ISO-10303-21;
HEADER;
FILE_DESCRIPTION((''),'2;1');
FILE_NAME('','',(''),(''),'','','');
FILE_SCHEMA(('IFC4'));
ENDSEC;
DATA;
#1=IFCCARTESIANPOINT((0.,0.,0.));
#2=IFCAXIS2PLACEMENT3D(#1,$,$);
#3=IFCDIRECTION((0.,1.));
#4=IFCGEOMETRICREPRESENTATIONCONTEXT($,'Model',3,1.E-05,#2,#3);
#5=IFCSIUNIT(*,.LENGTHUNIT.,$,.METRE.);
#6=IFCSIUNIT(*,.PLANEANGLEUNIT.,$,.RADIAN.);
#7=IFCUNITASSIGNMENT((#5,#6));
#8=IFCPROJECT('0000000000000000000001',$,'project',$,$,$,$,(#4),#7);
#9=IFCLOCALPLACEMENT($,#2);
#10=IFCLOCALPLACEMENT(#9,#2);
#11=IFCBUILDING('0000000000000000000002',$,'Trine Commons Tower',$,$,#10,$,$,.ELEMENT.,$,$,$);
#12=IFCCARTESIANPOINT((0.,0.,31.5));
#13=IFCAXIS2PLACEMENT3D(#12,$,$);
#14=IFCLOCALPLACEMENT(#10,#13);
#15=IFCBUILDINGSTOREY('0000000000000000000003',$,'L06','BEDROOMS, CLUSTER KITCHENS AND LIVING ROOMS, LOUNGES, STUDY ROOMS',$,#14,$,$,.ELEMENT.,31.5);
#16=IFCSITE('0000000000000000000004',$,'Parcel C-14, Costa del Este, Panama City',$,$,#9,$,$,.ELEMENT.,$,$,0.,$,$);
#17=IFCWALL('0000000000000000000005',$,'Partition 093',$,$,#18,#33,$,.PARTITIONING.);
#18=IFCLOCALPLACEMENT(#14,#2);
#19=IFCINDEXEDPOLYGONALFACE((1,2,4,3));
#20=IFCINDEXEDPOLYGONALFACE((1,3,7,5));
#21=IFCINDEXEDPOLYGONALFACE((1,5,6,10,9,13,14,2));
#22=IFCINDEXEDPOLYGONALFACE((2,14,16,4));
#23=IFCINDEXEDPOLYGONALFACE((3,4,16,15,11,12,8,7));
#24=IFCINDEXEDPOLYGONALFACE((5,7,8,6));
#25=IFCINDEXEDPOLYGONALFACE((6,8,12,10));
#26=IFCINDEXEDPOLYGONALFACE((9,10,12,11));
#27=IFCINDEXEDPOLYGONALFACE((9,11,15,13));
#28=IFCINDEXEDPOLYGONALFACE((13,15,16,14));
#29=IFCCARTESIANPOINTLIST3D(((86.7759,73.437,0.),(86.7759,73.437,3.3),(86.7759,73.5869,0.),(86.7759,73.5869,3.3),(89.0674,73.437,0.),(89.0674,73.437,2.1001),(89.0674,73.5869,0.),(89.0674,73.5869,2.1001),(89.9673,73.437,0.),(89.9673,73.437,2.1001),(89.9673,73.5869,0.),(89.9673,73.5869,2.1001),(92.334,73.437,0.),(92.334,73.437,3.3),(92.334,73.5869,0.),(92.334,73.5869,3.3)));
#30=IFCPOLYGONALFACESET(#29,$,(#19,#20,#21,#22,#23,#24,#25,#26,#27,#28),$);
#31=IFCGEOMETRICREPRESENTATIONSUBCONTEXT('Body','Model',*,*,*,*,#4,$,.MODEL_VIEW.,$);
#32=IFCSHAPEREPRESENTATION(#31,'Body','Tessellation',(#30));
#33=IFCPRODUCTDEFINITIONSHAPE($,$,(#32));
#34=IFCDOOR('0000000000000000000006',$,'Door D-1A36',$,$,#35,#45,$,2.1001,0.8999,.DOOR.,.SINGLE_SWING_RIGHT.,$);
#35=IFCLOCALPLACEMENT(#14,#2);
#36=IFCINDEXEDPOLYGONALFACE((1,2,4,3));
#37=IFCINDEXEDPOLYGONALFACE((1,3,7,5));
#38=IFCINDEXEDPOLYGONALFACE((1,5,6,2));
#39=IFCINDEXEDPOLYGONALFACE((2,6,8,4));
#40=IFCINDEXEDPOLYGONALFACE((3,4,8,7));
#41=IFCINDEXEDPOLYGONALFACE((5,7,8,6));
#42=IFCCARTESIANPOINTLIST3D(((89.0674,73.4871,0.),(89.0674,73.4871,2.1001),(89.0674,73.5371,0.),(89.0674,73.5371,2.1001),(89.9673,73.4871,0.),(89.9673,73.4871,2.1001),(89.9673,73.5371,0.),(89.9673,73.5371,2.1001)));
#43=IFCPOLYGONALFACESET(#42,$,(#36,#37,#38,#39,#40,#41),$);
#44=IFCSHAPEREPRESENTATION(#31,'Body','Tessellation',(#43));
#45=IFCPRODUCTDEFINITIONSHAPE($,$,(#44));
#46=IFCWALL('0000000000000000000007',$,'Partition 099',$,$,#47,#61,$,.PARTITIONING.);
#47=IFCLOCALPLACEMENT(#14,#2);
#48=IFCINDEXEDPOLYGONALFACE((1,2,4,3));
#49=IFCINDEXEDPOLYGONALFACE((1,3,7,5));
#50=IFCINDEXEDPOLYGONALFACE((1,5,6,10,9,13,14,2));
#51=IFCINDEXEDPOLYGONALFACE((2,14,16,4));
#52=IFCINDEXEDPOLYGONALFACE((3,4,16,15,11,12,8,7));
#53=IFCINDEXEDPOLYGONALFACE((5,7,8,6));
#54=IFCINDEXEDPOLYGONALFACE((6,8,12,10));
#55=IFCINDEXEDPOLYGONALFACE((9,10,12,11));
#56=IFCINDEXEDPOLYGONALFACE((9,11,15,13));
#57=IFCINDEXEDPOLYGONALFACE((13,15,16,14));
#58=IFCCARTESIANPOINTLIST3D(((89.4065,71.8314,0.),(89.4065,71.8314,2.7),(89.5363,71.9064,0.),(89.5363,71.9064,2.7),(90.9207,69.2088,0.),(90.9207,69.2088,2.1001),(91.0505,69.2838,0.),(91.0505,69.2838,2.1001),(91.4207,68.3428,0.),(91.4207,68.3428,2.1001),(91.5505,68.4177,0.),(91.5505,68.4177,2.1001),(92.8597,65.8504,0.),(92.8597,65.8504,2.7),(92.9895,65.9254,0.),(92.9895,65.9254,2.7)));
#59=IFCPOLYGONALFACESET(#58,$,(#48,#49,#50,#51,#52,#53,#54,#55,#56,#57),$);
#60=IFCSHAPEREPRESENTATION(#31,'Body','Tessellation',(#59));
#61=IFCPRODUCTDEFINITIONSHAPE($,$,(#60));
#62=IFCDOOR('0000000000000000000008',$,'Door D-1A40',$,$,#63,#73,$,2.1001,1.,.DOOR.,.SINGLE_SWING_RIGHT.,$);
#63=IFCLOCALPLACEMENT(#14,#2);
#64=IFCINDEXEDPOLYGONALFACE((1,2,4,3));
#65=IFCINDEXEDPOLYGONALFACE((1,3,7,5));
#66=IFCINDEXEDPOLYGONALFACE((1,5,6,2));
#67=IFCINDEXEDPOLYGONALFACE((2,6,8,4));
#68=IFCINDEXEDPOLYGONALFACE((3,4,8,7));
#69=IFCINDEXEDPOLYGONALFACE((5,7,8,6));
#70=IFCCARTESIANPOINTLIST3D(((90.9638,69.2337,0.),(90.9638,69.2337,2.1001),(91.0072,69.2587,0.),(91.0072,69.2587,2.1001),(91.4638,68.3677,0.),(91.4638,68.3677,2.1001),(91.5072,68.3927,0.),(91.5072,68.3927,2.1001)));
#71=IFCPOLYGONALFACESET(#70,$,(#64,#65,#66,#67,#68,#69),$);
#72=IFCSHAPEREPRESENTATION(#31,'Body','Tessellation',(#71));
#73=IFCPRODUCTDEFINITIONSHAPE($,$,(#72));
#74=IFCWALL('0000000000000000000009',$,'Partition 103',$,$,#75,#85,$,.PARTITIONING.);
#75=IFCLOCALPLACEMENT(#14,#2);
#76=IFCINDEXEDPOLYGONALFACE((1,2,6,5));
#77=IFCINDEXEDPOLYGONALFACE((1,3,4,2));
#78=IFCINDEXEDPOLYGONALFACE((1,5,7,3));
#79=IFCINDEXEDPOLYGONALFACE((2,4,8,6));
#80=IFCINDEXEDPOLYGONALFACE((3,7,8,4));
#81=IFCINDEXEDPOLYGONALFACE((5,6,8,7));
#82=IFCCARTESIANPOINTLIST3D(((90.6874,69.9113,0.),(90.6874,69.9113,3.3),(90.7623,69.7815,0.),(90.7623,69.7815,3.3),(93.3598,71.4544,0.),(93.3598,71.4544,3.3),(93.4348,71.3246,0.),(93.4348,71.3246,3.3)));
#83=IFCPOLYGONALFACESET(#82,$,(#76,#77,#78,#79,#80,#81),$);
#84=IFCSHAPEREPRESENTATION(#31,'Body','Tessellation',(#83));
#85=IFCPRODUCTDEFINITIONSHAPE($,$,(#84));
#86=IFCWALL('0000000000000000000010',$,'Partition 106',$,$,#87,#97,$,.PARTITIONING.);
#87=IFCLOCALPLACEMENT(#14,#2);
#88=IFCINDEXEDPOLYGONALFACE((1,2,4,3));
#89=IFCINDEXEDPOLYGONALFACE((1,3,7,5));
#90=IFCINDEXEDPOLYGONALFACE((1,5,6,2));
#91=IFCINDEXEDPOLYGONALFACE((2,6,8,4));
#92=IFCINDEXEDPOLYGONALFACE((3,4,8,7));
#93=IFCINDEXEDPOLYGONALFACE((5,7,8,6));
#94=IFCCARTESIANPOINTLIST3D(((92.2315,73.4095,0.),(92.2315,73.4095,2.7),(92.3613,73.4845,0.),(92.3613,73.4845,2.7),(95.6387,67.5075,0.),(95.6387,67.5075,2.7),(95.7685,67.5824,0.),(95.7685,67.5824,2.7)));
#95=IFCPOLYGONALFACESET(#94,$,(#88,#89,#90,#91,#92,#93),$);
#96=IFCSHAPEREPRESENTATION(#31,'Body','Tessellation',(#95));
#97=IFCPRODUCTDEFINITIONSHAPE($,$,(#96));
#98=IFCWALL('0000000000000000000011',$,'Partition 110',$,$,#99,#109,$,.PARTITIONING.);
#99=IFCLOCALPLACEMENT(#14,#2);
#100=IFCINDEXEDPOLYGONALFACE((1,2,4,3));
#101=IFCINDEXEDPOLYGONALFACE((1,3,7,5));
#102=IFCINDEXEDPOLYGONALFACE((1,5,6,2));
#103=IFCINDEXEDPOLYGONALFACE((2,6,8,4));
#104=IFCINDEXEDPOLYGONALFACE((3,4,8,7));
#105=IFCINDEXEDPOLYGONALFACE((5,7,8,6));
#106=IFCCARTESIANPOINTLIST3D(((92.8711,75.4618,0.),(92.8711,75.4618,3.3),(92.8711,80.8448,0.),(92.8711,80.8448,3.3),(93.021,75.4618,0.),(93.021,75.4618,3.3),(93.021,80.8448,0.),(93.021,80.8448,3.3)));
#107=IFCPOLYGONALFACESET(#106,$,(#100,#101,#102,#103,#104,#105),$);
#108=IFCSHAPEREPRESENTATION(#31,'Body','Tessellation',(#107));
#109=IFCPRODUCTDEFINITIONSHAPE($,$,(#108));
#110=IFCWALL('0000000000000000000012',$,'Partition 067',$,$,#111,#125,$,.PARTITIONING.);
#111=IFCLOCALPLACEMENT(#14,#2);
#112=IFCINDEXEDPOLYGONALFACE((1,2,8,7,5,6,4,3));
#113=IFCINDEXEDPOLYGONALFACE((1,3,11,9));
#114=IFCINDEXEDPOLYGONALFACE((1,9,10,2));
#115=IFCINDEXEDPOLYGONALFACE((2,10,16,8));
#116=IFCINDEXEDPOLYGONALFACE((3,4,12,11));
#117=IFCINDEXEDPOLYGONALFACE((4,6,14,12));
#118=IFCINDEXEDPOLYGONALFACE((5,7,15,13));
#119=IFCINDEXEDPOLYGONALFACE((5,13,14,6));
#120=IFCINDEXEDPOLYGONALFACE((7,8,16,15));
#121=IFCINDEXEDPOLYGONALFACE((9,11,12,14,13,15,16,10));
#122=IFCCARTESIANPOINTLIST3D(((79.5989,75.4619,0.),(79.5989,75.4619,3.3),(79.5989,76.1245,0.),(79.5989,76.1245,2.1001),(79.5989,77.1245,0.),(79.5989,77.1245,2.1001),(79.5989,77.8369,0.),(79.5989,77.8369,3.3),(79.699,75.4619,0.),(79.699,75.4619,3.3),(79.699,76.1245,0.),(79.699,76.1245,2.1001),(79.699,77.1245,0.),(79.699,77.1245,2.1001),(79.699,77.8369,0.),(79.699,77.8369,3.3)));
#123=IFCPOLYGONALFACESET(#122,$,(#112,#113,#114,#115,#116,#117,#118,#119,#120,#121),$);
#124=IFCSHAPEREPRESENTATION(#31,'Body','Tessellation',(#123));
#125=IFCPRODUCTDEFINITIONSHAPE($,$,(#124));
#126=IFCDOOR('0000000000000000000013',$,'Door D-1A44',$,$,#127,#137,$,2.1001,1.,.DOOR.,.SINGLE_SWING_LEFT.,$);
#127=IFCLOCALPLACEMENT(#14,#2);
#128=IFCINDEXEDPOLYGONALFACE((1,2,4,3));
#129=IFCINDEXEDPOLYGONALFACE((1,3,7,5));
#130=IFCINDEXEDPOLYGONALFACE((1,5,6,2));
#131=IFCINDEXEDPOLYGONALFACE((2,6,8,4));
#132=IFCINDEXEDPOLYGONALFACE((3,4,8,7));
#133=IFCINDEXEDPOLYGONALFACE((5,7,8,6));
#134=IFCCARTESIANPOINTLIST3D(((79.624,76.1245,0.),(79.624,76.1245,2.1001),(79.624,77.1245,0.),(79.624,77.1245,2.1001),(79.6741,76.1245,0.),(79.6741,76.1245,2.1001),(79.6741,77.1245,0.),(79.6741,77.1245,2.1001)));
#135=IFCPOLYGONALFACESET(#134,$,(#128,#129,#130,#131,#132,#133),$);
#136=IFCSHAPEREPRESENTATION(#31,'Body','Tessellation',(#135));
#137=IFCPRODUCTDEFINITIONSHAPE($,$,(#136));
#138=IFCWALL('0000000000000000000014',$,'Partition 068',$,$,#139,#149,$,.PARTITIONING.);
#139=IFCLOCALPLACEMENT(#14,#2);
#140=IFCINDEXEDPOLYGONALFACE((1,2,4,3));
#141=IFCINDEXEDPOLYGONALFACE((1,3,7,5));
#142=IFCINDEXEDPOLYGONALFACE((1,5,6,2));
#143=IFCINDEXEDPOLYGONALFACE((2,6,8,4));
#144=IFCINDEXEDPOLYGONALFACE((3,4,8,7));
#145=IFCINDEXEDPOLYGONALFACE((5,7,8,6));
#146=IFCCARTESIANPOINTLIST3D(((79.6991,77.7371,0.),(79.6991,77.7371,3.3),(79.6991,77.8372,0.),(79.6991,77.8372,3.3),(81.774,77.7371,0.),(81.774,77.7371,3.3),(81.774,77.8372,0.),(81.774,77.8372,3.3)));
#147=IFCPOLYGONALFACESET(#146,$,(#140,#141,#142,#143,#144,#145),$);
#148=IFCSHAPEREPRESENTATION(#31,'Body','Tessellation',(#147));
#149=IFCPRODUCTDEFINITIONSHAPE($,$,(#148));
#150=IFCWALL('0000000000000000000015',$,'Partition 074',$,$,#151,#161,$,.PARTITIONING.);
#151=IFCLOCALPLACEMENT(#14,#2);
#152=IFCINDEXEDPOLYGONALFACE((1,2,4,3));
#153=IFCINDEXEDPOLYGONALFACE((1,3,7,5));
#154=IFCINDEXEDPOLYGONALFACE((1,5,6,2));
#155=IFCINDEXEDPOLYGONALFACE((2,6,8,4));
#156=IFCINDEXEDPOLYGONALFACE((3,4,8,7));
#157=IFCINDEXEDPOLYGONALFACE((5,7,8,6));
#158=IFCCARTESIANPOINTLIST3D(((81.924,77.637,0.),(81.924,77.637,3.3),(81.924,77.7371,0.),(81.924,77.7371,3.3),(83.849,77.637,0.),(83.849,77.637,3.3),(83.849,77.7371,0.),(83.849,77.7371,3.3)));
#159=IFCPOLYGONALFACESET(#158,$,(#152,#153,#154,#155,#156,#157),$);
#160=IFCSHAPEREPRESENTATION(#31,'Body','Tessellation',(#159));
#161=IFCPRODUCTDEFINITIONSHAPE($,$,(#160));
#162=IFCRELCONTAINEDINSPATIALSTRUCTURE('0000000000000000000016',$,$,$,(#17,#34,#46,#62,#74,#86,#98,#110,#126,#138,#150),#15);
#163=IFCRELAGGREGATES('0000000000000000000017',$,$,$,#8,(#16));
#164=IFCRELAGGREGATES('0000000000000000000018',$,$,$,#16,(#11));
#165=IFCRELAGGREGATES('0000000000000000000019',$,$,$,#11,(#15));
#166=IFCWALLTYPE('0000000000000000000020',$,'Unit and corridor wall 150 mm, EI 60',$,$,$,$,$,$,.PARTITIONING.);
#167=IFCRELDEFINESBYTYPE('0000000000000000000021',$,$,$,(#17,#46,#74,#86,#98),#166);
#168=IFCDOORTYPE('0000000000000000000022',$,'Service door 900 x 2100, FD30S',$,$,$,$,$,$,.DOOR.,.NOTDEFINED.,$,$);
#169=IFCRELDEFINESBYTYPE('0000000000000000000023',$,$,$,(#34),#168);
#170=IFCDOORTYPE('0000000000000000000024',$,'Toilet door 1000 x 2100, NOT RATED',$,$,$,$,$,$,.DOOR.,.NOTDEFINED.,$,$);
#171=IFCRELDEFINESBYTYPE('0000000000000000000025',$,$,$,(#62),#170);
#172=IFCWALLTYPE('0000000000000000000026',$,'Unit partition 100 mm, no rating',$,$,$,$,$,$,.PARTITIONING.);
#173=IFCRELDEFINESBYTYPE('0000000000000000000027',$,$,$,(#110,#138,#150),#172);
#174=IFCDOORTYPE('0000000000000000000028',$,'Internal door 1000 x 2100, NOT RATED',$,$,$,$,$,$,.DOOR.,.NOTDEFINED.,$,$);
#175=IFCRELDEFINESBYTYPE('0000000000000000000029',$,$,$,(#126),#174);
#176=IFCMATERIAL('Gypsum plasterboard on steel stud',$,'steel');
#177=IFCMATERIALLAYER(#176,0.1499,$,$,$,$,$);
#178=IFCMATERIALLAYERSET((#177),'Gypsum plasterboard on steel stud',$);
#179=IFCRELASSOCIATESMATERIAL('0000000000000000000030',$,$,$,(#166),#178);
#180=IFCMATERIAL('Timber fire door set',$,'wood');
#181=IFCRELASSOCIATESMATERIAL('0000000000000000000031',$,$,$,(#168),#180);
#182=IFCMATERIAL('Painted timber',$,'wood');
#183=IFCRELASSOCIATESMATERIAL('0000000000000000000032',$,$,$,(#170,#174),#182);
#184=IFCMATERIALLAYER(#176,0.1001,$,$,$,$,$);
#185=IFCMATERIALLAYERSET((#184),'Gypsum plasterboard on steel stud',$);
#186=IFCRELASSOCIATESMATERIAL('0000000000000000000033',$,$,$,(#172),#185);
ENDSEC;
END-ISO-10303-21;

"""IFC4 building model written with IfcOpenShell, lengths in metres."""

from ifc_helpers import new_model, si_unit, direction, frame, frame_2d, origin, place, context, subcontext, project, spatial, rectangle, extrude, material, layer, layer_set, type_object, element, fill, save


model = new_model("IFC4")

# Units and contexts
model_context = context("Model", 3, precision=1e-05, world=origin(), true_north=direction((0.0, 1.0)))
body_context = subcontext(model_context, "Body", "Model", "MODEL_VIEW")
ifc_project = project(units=[si_unit("LENGTHUNIT", "METRE"), si_unit("PLANEANGLEUNIT", "RADIAN")], contexts=[model_context])

# Site, building, storey
site_placement = place(None, origin())
site = spatial("IfcSite", under=ifc_project, at=site_placement, Name="Parcel C-14, Costa del Este, Panama City", CompositionType="ELEMENT", RefElevation=0.0)
building_placement = place(site_placement, origin())
building = spatial("IfcBuilding", under=site, at=building_placement, Name="Trine Commons Tower", CompositionType="ELEMENT")
storey_placement = place(building_placement, frame((0.0, 0.0, 31.5)))
storey = spatial("IfcBuildingStorey", under=building, at=storey_placement, Name="L06", Description="BEDROOMS, CLUSTER KITCHENS AND LIVING ROOMS, LOUNGES, STUDY ROOMS", CompositionType="ELEMENT", Elevation=31.5)

# Shared definitions
ifc_material_1 = material(Name="Gypsum plasterboard on steel stud", Category="steel")
ifc_layer_1 = layer(ifc_material_1, 0.1499)
ifc_layer_set_1 = layer_set([ifc_layer_1], Name="Gypsum plasterboard on steel stud")
wall_type_1 = type_object("IfcWallType", Name="Unit and corridor wall 150 mm, EI 60", PredefinedType="PARTITIONING", material=ifc_layer_set_1)

# Walls, openings, doors
wall_1_placement = place(storey_placement, frame((86.7759, 73.512, 0.0), z_axis=(0.0, 0.0, 1.0), x_axis=(1.0, 0.0, 0.0)))
wall_1 = element("IfcWall", 1, at=wall_1_placement, inside=storey, type_object=wall_type_1, Name="Partition 093", PredefinedType="PARTITIONING", context=body_context, shape_type="SweptSolid", body=[
    extrude(rectangle(XDim=5.5581, YDim=0.1499, at=frame_2d((2.7791, 0.0))), origin(), (0.0, 0.0, 1.0), 3.3),
])
opening_1_placement = place(wall_1_placement, frame((2.2915, 0.0, 0.0)))
opening_1 = element("IfcOpeningElement", 2, at=opening_1_placement, cuts=wall_1, PredefinedType="OPENING", context=body_context, shape_type="SweptSolid", body=[
    extrude(rectangle(XDim=0.8999, YDim=2.1001, at=frame_2d((0.45, 1.05))), frame((0.0, 0.085, 0.0), z_axis=(0.0, -1.0, 0.0), x_axis=(1.0, 0.0, 0.0)), (0.0, 0.0, 1.0), 0.1699),
])
ifc_material_2 = material(Name="Timber fire door set", Category="wood")
door_type_1 = type_object("IfcDoorType", Name="Service door 900 x 2100, FD30S", OperationType="NOTDEFINED", PredefinedType="DOOR", material=ifc_material_2)
door_1_placement = place(opening_1_placement, frame((0.8999, 0.0, 0.0), z_axis=(0.0, 0.0, 1.0), x_axis=(-1.0, 0.0, 0.0)))
door_1 = element("IfcDoor", 3, at=door_1_placement, inside=storey, type_object=door_type_1, Name="Door D-1A36", OperationType="SINGLE_SWING_RIGHT", OverallHeight=2.1001, OverallWidth=0.8999, PredefinedType="DOOR", context=body_context, shape_type="SweptSolid", body=[
    extrude(rectangle(XDim=0.8999, YDim=2.1001, at=frame_2d((0.45, 1.05))), frame((0.0, 0.0249, 0.0), z_axis=(0.0, -1.0, 0.0), x_axis=(1.0, 0.0, 0.0)), (0.0, 0.0, 1.0), 0.05),
])
fill(opening_1, door_1)
wall_2_placement = place(storey_placement, frame((89.4714, 71.8689, 0.0), z_axis=(0.0, 0.0, 1.0), x_axis=(0.500002, -0.866024, 0.0)))
wall_2 = element("IfcWall", 4, at=wall_2_placement, inside=storey, type_object=wall_type_1, Name="Partition 099", PredefinedType="PARTITIONING", context=body_context, shape_type="SweptSolid", body=[
    extrude(rectangle(XDim=6.9062, YDim=0.1499, at=frame_2d((3.4531, 0.0))), origin(), (0.0, 0.0, 1.0), 2.7),
])
opening_2_placement = place(wall_2_placement, frame((3.0283, 0.0, 0.0)))
opening_2 = element("IfcOpeningElement", 5, at=opening_2_placement, cuts=wall_2, PredefinedType="OPENING", context=body_context, shape_type="SweptSolid", body=[
    extrude(rectangle(XDim=1.0, YDim=2.1001, at=frame_2d((0.5, 1.05))), frame((0.0, 0.085, 0.0), z_axis=(0.0, -1.0, 0.0), x_axis=(1.0, 0.0, 0.0)), (0.0, 0.0, 1.0), 0.1699),
])
ifc_material_3 = material(Name="Painted timber", Category="wood")
door_type_2 = type_object("IfcDoorType", Name="Toilet door 1000 x 2100, NOT RATED", OperationType="NOTDEFINED", PredefinedType="DOOR", material=ifc_material_3)
door_2_placement = place(opening_2_placement, origin())
door_2 = element("IfcDoor", 6, at=door_2_placement, inside=storey, type_object=door_type_2, Name="Door D-1A40", OperationType="SINGLE_SWING_RIGHT", OverallHeight=2.1001, OverallWidth=1.0, PredefinedType="DOOR", context=body_context, shape_type="SweptSolid", body=[
    extrude(rectangle(XDim=1.0, YDim=2.1001, at=frame_2d((0.5, 1.05))), frame((0.0, 0.0249, 0.0), z_axis=(0.0, -1.0, 0.0), x_axis=(1.0, 0.0, 0.0)), (0.0, 0.0, 1.0), 0.05),
])
fill(opening_2, door_2)

# Walls
wall_3_placement = place(storey_placement, frame((90.7249, 69.8464, 0.0), z_axis=(0.0, 0.0, 1.0), x_axis=(0.866014, 0.500019, 0.0)))
element("IfcWall", 7, at=wall_3_placement, inside=storey, type_object=wall_type_1, Name="Partition 103", PredefinedType="PARTITIONING", context=body_context, shape_type="SweptSolid", body=[
    extrude(rectangle(XDim=3.0859, YDim=0.1499, at=frame_2d((1.543, 0.0))), origin(), (0.0, 0.0, 1.0), 3.3),
])
wall_4_placement = place(storey_placement, frame((92.2964, 73.447, 0.0), z_axis=(0.0, 0.0, 1.0), x_axis=(0.499961, -0.866048, 0.0)))
element("IfcWall", 8, at=wall_4_placement, inside=storey, type_object=wall_type_1, Name="Partition 106", PredefinedType="PARTITIONING", context=body_context, shape_type="SweptSolid", body=[
    extrude(rectangle(XDim=6.8149, YDim=0.1499, at=frame_2d((3.4075, 0.0))), origin(), (0.0, 0.0, 1.0), 2.7),
])
wall_5_placement = place(storey_placement, frame((92.946, 75.4619, 0.0), z_axis=(0.0, 0.0, 1.0), x_axis=(0.0, 1.0, 0.0)))
element("IfcWall", 9, at=wall_5_placement, inside=storey, type_object=wall_type_1, Name="Partition 110", PredefinedType="PARTITIONING", context=body_context, shape_type="SweptSolid", body=[
    extrude(rectangle(XDim=5.3831, YDim=0.1499, at=frame_2d((2.6914, 0.0))), origin(), (0.0, 0.0, 1.0), 3.3),
])

# Wall, opening, door
ifc_layer_2 = layer(ifc_material_1, 0.1001)
ifc_layer_set_2 = layer_set([ifc_layer_2], Name="Gypsum plasterboard on steel stud")
wall_type_2 = type_object("IfcWallType", Name="Unit partition 100 mm, no rating", PredefinedType="PARTITIONING", material=ifc_layer_set_2)
wall_6_placement = place(storey_placement, frame((79.6489, 75.4619, 0.0), z_axis=(0.0, 0.0, 1.0), x_axis=(0.0, 1.0, 0.0)))
wall_6 = element("IfcWall", 10, at=wall_6_placement, inside=storey, type_object=wall_type_2, Name="Partition 067", PredefinedType="PARTITIONING", context=body_context, shape_type="SweptSolid", body=[
    extrude(rectangle(XDim=2.375, YDim=0.1001, at=frame_2d((1.1875, 0.0))), origin(), (0.0, 0.0, 1.0), 3.3),
])
opening_3_placement = place(wall_6_placement, frame((0.6626, 0.0, 0.0)))
opening_3 = element("IfcOpeningElement", 11, at=opening_3_placement, cuts=wall_6, PredefinedType="OPENING", context=body_context, shape_type="SweptSolid", body=[
    extrude(rectangle(XDim=1.0, YDim=2.1001, at=frame_2d((0.5, 1.05))), frame((0.0, 0.0601, 0.0), z_axis=(0.0, -1.0, 0.0), x_axis=(1.0, 0.0, 0.0)), (0.0, 0.0, 1.0), 0.1201),
])
door_type_3 = type_object("IfcDoorType", Name="Internal door 1000 x 2100, NOT RATED", OperationType="NOTDEFINED", PredefinedType="DOOR", material=ifc_material_3)
door_3_placement = place(opening_3_placement, origin())
door_3 = element("IfcDoor", 12, at=door_3_placement, inside=storey, type_object=door_type_3, Name="Door D-1A44", OperationType="SINGLE_SWING_LEFT", OverallHeight=2.1001, OverallWidth=1.0, PredefinedType="DOOR", context=body_context, shape_type="SweptSolid", body=[
    extrude(rectangle(XDim=1.0, YDim=2.1001, at=frame_2d((0.5, 1.05))), frame((0.0, 0.0249, 0.0), z_axis=(0.0, -1.0, 0.0), x_axis=(1.0, 0.0, 0.0)), (0.0, 0.0, 1.0), 0.05),
])
fill(opening_3, door_3)

# Walls
wall_7_placement = place(storey_placement, frame((79.699, 77.7871, 0.0), z_axis=(0.0, 0.0, 1.0), x_axis=(1.0, 0.0, 0.0)))
element("IfcWall", 13, at=wall_7_placement, inside=storey, type_object=wall_type_2, Name="Partition 068", PredefinedType="PARTITIONING", context=body_context, shape_type="SweptSolid", body=[
    extrude(rectangle(XDim=2.075, YDim=0.1001, at=frame_2d((1.0376, 0.0))), origin(), (0.0, 0.0, 1.0), 3.3),
])
wall_8_placement = place(storey_placement, frame((81.9241, 77.687, 0.0), z_axis=(0.0, 0.0, 1.0), x_axis=(1.0, 0.0, 0.0)))
element("IfcWall", 14, at=wall_8_placement, inside=storey, type_object=wall_type_2, Name="Partition 074", PredefinedType="PARTITIONING", context=body_context, shape_type="SweptSolid", body=[
    extrude(rectangle(XDim=1.925, YDim=0.1001, at=frame_2d((0.9624, 0.0))), origin(), (0.0, 0.0, 1.0), 3.3),
])

save(model, "model.ifc")
